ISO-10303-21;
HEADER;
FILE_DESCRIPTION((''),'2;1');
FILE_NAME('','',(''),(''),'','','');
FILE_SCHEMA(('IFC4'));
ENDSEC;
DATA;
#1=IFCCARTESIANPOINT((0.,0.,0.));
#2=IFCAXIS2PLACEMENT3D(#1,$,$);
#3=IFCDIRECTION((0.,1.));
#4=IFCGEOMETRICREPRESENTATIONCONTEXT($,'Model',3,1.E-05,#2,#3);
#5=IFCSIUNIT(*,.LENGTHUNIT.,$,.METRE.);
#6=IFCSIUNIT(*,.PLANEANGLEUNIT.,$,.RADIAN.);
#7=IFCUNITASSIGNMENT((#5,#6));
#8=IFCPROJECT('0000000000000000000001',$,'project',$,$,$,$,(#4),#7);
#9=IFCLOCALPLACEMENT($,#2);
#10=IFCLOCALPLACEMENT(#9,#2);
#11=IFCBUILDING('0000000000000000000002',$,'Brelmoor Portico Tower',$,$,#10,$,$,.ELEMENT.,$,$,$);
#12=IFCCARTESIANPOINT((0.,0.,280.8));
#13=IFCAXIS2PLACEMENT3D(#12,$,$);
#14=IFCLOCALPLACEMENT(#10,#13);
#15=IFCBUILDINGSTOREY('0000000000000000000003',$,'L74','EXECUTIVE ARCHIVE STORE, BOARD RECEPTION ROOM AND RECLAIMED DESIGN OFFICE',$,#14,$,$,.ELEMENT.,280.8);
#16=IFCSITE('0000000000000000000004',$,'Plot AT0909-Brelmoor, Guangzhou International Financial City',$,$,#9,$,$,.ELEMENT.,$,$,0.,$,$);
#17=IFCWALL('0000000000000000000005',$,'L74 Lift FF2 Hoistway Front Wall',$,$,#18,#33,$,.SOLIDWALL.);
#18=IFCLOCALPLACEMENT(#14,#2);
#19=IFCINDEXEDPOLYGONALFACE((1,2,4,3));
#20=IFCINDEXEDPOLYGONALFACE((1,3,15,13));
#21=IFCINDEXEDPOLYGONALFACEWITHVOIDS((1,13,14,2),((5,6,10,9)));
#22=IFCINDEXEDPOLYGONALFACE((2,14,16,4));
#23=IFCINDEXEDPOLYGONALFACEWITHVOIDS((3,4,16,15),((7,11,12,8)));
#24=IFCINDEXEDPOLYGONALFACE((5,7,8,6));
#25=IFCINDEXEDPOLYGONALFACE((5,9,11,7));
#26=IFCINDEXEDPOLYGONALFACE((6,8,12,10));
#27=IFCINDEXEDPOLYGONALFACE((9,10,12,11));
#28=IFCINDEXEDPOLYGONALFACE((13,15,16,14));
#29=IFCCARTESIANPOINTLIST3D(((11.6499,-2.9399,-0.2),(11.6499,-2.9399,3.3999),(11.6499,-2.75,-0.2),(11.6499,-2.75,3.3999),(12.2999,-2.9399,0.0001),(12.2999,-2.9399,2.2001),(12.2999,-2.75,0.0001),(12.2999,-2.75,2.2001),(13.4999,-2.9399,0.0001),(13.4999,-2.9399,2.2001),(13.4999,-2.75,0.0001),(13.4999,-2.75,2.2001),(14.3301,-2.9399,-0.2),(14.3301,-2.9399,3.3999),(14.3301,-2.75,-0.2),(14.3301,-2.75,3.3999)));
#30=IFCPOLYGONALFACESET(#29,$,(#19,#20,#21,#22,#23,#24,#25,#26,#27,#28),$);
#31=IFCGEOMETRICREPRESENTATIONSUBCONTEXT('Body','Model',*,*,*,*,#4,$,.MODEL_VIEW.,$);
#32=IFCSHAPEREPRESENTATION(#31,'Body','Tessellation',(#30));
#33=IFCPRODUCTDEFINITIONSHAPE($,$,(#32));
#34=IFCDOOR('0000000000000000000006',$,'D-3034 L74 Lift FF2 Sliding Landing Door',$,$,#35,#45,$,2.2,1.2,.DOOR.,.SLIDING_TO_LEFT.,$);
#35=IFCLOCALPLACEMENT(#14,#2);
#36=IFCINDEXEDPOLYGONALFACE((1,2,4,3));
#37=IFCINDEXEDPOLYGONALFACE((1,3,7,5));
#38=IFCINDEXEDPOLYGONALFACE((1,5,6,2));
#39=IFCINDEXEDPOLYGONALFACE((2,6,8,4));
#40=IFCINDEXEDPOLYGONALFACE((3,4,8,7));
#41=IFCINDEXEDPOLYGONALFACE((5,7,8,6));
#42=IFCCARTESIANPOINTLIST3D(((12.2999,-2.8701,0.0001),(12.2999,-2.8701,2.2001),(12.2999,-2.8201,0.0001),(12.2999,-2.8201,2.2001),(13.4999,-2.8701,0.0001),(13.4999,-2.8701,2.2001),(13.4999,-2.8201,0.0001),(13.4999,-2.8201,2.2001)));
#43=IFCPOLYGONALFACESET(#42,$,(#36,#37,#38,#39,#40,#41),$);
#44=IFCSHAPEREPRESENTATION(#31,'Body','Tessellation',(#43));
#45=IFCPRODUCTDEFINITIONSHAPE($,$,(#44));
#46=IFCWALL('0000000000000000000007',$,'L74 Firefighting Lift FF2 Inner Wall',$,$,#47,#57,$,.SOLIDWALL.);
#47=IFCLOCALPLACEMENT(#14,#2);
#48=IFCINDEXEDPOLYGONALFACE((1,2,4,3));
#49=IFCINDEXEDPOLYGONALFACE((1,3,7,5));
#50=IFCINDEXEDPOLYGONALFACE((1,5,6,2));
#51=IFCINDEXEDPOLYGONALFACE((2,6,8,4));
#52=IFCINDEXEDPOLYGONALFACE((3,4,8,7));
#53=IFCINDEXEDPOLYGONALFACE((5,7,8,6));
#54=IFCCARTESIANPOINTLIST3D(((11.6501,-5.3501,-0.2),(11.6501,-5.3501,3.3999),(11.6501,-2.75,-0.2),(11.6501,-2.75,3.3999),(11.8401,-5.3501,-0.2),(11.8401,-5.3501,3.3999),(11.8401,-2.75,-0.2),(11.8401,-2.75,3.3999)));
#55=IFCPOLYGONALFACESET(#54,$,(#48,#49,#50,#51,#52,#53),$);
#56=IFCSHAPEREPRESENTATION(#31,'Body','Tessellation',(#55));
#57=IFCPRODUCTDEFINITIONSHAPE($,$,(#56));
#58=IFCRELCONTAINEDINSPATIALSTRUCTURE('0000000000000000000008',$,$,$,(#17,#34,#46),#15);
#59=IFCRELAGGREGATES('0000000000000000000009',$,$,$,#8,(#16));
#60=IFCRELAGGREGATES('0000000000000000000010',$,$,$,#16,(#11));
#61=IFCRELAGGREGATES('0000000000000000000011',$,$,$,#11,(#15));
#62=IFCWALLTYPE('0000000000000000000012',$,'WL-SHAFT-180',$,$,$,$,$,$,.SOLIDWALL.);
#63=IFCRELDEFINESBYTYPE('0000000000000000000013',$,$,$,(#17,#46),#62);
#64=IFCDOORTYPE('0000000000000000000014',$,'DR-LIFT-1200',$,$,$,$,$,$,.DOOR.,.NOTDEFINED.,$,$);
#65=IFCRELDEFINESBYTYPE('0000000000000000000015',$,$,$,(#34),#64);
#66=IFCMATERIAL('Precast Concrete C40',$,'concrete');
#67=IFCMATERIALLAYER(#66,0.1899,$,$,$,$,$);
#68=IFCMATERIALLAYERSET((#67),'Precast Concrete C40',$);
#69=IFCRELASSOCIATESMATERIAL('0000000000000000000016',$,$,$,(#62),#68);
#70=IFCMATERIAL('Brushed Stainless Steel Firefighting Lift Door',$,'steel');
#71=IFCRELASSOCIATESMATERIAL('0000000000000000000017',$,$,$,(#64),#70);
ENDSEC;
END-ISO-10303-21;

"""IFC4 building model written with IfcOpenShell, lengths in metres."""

from ifc_helpers import new_model, si_unit, direction, frame, frame_2d, origin, place, context, subcontext, project, spatial, rectangle, extrude, material, layer, layer_set, type_object, element, fill, save


model = new_model("IFC4")

# Units and contexts
model_context = context("Model", 3, precision=1e-05, world=origin(), true_north=direction((0.0, 1.0)))
body_context = subcontext(model_context, "Body", "Model", "MODEL_VIEW")
ifc_project = project(units=[si_unit("LENGTHUNIT", "METRE"), si_unit("PLANEANGLEUNIT", "RADIAN")], contexts=[model_context])

# Site, building, storey
site_placement = place(None, origin())
site = spatial("IfcSite", under=ifc_project, at=site_placement, Name="Plot AT0909-Brelmoor, Guangzhou International Financial City", CompositionType="ELEMENT", RefElevation=0.0)
building_placement = place(site_placement, origin())
building = spatial("IfcBuilding", under=site, at=building_placement, Name="Brelmoor Portico Tower", CompositionType="ELEMENT")
storey_placement = place(building_placement, frame((0.0, 0.0, 280.8)))
storey = spatial("IfcBuildingStorey", under=building, at=storey_placement, Name="L74", Description="EXECUTIVE ARCHIVE STORE, BOARD RECEPTION ROOM AND RECLAIMED DESIGN OFFICE", CompositionType="ELEMENT", Elevation=280.8)

# Wall, opening, door
ifc_material_1 = material(Name="Precast Concrete C40", Category="concrete")
ifc_layer_1 = layer(ifc_material_1, 0.1899)
ifc_layer_set_1 = layer_set([ifc_layer_1], Name="Precast Concrete C40")
wall_type_1 = type_object("IfcWallType", Name="WL-SHAFT-180", PredefinedType="SOLIDWALL", material=ifc_layer_set_1)
wall_1_placement = place(storey_placement, frame((11.6499, -2.845, -0.2), z_axis=(0.0, 0.0, 1.0), x_axis=(1.0, 0.0, 0.0)))
wall_1 = element("IfcWall", 1, at=wall_1_placement, inside=storey, type_object=wall_type_1, Name="L74 Lift FF2 Hoistway Front Wall", PredefinedType="SOLIDWALL", context=body_context, shape_type="SweptSolid", body=[
    extrude(rectangle(XDim=2.6802, YDim=0.1899, at=frame_2d((1.3401, 0.0))), origin(), (0.0, 0.0, 1.0), 3.5999),
])
opening_1_placement = place(wall_1_placement, frame((0.6499, 0.0, 0.2)))
opening_1 = element("IfcOpeningElement", 2, at=opening_1_placement, cuts=wall_1, PredefinedType="OPENING", context=body_context, shape_type="SweptSolid", body=[
    extrude(rectangle(XDim=1.2, YDim=2.2, at=frame_2d((0.6001, 1.1001))), frame((0.0, 0.105, 0.0), z_axis=(0.0, -1.0, 0.0), x_axis=(1.0, 0.0, 0.0)), (0.0, 0.0, 1.0), 0.21),
])
ifc_material_2 = material(Name="Brushed Stainless Steel Firefighting Lift Door", Category="steel")
door_type_1 = type_object("IfcDoorType", Name="DR-LIFT-1200", OperationType="NOTDEFINED", PredefinedType="DOOR", material=ifc_material_2)
door_1_placement = place(opening_1_placement, origin())
door_1 = element("IfcDoor", 3, at=door_1_placement, inside=storey, type_object=door_type_1, Name="D-3034 L74 Lift FF2 Sliding Landing Door", OperationType="SLIDING_TO_LEFT", OverallHeight=2.2, OverallWidth=1.2, PredefinedType="DOOR", context=body_context, shape_type="SweptSolid", body=[
    extrude(rectangle(XDim=1.2, YDim=2.2, at=frame_2d((0.6001, 1.1001))), frame((0.0, 0.0249, 0.0), z_axis=(0.0, -1.0, 0.0), x_axis=(1.0, 0.0, 0.0)), (0.0, 0.0, 1.0), 0.05),
])
fill(opening_1, door_1)

# Wall
wall_2_placement = place(storey_placement, frame((11.7451, -5.3501, -0.2), z_axis=(0.0, 0.0, 1.0), x_axis=(0.0, 1.0, 0.0)))
element("IfcWall", 4, at=wall_2_placement, inside=storey, type_object=wall_type_1, Name="L74 Firefighting Lift FF2 Inner Wall", PredefinedType="SOLIDWALL", context=body_context, shape_type="SweptSolid", body=[
    extrude(rectangle(XDim=2.6001, YDim=0.1899, at=frame_2d((1.3, 0.0))), origin(), (0.0, 0.0, 1.0), 3.5999),
])

save(model, "model.ifc")
